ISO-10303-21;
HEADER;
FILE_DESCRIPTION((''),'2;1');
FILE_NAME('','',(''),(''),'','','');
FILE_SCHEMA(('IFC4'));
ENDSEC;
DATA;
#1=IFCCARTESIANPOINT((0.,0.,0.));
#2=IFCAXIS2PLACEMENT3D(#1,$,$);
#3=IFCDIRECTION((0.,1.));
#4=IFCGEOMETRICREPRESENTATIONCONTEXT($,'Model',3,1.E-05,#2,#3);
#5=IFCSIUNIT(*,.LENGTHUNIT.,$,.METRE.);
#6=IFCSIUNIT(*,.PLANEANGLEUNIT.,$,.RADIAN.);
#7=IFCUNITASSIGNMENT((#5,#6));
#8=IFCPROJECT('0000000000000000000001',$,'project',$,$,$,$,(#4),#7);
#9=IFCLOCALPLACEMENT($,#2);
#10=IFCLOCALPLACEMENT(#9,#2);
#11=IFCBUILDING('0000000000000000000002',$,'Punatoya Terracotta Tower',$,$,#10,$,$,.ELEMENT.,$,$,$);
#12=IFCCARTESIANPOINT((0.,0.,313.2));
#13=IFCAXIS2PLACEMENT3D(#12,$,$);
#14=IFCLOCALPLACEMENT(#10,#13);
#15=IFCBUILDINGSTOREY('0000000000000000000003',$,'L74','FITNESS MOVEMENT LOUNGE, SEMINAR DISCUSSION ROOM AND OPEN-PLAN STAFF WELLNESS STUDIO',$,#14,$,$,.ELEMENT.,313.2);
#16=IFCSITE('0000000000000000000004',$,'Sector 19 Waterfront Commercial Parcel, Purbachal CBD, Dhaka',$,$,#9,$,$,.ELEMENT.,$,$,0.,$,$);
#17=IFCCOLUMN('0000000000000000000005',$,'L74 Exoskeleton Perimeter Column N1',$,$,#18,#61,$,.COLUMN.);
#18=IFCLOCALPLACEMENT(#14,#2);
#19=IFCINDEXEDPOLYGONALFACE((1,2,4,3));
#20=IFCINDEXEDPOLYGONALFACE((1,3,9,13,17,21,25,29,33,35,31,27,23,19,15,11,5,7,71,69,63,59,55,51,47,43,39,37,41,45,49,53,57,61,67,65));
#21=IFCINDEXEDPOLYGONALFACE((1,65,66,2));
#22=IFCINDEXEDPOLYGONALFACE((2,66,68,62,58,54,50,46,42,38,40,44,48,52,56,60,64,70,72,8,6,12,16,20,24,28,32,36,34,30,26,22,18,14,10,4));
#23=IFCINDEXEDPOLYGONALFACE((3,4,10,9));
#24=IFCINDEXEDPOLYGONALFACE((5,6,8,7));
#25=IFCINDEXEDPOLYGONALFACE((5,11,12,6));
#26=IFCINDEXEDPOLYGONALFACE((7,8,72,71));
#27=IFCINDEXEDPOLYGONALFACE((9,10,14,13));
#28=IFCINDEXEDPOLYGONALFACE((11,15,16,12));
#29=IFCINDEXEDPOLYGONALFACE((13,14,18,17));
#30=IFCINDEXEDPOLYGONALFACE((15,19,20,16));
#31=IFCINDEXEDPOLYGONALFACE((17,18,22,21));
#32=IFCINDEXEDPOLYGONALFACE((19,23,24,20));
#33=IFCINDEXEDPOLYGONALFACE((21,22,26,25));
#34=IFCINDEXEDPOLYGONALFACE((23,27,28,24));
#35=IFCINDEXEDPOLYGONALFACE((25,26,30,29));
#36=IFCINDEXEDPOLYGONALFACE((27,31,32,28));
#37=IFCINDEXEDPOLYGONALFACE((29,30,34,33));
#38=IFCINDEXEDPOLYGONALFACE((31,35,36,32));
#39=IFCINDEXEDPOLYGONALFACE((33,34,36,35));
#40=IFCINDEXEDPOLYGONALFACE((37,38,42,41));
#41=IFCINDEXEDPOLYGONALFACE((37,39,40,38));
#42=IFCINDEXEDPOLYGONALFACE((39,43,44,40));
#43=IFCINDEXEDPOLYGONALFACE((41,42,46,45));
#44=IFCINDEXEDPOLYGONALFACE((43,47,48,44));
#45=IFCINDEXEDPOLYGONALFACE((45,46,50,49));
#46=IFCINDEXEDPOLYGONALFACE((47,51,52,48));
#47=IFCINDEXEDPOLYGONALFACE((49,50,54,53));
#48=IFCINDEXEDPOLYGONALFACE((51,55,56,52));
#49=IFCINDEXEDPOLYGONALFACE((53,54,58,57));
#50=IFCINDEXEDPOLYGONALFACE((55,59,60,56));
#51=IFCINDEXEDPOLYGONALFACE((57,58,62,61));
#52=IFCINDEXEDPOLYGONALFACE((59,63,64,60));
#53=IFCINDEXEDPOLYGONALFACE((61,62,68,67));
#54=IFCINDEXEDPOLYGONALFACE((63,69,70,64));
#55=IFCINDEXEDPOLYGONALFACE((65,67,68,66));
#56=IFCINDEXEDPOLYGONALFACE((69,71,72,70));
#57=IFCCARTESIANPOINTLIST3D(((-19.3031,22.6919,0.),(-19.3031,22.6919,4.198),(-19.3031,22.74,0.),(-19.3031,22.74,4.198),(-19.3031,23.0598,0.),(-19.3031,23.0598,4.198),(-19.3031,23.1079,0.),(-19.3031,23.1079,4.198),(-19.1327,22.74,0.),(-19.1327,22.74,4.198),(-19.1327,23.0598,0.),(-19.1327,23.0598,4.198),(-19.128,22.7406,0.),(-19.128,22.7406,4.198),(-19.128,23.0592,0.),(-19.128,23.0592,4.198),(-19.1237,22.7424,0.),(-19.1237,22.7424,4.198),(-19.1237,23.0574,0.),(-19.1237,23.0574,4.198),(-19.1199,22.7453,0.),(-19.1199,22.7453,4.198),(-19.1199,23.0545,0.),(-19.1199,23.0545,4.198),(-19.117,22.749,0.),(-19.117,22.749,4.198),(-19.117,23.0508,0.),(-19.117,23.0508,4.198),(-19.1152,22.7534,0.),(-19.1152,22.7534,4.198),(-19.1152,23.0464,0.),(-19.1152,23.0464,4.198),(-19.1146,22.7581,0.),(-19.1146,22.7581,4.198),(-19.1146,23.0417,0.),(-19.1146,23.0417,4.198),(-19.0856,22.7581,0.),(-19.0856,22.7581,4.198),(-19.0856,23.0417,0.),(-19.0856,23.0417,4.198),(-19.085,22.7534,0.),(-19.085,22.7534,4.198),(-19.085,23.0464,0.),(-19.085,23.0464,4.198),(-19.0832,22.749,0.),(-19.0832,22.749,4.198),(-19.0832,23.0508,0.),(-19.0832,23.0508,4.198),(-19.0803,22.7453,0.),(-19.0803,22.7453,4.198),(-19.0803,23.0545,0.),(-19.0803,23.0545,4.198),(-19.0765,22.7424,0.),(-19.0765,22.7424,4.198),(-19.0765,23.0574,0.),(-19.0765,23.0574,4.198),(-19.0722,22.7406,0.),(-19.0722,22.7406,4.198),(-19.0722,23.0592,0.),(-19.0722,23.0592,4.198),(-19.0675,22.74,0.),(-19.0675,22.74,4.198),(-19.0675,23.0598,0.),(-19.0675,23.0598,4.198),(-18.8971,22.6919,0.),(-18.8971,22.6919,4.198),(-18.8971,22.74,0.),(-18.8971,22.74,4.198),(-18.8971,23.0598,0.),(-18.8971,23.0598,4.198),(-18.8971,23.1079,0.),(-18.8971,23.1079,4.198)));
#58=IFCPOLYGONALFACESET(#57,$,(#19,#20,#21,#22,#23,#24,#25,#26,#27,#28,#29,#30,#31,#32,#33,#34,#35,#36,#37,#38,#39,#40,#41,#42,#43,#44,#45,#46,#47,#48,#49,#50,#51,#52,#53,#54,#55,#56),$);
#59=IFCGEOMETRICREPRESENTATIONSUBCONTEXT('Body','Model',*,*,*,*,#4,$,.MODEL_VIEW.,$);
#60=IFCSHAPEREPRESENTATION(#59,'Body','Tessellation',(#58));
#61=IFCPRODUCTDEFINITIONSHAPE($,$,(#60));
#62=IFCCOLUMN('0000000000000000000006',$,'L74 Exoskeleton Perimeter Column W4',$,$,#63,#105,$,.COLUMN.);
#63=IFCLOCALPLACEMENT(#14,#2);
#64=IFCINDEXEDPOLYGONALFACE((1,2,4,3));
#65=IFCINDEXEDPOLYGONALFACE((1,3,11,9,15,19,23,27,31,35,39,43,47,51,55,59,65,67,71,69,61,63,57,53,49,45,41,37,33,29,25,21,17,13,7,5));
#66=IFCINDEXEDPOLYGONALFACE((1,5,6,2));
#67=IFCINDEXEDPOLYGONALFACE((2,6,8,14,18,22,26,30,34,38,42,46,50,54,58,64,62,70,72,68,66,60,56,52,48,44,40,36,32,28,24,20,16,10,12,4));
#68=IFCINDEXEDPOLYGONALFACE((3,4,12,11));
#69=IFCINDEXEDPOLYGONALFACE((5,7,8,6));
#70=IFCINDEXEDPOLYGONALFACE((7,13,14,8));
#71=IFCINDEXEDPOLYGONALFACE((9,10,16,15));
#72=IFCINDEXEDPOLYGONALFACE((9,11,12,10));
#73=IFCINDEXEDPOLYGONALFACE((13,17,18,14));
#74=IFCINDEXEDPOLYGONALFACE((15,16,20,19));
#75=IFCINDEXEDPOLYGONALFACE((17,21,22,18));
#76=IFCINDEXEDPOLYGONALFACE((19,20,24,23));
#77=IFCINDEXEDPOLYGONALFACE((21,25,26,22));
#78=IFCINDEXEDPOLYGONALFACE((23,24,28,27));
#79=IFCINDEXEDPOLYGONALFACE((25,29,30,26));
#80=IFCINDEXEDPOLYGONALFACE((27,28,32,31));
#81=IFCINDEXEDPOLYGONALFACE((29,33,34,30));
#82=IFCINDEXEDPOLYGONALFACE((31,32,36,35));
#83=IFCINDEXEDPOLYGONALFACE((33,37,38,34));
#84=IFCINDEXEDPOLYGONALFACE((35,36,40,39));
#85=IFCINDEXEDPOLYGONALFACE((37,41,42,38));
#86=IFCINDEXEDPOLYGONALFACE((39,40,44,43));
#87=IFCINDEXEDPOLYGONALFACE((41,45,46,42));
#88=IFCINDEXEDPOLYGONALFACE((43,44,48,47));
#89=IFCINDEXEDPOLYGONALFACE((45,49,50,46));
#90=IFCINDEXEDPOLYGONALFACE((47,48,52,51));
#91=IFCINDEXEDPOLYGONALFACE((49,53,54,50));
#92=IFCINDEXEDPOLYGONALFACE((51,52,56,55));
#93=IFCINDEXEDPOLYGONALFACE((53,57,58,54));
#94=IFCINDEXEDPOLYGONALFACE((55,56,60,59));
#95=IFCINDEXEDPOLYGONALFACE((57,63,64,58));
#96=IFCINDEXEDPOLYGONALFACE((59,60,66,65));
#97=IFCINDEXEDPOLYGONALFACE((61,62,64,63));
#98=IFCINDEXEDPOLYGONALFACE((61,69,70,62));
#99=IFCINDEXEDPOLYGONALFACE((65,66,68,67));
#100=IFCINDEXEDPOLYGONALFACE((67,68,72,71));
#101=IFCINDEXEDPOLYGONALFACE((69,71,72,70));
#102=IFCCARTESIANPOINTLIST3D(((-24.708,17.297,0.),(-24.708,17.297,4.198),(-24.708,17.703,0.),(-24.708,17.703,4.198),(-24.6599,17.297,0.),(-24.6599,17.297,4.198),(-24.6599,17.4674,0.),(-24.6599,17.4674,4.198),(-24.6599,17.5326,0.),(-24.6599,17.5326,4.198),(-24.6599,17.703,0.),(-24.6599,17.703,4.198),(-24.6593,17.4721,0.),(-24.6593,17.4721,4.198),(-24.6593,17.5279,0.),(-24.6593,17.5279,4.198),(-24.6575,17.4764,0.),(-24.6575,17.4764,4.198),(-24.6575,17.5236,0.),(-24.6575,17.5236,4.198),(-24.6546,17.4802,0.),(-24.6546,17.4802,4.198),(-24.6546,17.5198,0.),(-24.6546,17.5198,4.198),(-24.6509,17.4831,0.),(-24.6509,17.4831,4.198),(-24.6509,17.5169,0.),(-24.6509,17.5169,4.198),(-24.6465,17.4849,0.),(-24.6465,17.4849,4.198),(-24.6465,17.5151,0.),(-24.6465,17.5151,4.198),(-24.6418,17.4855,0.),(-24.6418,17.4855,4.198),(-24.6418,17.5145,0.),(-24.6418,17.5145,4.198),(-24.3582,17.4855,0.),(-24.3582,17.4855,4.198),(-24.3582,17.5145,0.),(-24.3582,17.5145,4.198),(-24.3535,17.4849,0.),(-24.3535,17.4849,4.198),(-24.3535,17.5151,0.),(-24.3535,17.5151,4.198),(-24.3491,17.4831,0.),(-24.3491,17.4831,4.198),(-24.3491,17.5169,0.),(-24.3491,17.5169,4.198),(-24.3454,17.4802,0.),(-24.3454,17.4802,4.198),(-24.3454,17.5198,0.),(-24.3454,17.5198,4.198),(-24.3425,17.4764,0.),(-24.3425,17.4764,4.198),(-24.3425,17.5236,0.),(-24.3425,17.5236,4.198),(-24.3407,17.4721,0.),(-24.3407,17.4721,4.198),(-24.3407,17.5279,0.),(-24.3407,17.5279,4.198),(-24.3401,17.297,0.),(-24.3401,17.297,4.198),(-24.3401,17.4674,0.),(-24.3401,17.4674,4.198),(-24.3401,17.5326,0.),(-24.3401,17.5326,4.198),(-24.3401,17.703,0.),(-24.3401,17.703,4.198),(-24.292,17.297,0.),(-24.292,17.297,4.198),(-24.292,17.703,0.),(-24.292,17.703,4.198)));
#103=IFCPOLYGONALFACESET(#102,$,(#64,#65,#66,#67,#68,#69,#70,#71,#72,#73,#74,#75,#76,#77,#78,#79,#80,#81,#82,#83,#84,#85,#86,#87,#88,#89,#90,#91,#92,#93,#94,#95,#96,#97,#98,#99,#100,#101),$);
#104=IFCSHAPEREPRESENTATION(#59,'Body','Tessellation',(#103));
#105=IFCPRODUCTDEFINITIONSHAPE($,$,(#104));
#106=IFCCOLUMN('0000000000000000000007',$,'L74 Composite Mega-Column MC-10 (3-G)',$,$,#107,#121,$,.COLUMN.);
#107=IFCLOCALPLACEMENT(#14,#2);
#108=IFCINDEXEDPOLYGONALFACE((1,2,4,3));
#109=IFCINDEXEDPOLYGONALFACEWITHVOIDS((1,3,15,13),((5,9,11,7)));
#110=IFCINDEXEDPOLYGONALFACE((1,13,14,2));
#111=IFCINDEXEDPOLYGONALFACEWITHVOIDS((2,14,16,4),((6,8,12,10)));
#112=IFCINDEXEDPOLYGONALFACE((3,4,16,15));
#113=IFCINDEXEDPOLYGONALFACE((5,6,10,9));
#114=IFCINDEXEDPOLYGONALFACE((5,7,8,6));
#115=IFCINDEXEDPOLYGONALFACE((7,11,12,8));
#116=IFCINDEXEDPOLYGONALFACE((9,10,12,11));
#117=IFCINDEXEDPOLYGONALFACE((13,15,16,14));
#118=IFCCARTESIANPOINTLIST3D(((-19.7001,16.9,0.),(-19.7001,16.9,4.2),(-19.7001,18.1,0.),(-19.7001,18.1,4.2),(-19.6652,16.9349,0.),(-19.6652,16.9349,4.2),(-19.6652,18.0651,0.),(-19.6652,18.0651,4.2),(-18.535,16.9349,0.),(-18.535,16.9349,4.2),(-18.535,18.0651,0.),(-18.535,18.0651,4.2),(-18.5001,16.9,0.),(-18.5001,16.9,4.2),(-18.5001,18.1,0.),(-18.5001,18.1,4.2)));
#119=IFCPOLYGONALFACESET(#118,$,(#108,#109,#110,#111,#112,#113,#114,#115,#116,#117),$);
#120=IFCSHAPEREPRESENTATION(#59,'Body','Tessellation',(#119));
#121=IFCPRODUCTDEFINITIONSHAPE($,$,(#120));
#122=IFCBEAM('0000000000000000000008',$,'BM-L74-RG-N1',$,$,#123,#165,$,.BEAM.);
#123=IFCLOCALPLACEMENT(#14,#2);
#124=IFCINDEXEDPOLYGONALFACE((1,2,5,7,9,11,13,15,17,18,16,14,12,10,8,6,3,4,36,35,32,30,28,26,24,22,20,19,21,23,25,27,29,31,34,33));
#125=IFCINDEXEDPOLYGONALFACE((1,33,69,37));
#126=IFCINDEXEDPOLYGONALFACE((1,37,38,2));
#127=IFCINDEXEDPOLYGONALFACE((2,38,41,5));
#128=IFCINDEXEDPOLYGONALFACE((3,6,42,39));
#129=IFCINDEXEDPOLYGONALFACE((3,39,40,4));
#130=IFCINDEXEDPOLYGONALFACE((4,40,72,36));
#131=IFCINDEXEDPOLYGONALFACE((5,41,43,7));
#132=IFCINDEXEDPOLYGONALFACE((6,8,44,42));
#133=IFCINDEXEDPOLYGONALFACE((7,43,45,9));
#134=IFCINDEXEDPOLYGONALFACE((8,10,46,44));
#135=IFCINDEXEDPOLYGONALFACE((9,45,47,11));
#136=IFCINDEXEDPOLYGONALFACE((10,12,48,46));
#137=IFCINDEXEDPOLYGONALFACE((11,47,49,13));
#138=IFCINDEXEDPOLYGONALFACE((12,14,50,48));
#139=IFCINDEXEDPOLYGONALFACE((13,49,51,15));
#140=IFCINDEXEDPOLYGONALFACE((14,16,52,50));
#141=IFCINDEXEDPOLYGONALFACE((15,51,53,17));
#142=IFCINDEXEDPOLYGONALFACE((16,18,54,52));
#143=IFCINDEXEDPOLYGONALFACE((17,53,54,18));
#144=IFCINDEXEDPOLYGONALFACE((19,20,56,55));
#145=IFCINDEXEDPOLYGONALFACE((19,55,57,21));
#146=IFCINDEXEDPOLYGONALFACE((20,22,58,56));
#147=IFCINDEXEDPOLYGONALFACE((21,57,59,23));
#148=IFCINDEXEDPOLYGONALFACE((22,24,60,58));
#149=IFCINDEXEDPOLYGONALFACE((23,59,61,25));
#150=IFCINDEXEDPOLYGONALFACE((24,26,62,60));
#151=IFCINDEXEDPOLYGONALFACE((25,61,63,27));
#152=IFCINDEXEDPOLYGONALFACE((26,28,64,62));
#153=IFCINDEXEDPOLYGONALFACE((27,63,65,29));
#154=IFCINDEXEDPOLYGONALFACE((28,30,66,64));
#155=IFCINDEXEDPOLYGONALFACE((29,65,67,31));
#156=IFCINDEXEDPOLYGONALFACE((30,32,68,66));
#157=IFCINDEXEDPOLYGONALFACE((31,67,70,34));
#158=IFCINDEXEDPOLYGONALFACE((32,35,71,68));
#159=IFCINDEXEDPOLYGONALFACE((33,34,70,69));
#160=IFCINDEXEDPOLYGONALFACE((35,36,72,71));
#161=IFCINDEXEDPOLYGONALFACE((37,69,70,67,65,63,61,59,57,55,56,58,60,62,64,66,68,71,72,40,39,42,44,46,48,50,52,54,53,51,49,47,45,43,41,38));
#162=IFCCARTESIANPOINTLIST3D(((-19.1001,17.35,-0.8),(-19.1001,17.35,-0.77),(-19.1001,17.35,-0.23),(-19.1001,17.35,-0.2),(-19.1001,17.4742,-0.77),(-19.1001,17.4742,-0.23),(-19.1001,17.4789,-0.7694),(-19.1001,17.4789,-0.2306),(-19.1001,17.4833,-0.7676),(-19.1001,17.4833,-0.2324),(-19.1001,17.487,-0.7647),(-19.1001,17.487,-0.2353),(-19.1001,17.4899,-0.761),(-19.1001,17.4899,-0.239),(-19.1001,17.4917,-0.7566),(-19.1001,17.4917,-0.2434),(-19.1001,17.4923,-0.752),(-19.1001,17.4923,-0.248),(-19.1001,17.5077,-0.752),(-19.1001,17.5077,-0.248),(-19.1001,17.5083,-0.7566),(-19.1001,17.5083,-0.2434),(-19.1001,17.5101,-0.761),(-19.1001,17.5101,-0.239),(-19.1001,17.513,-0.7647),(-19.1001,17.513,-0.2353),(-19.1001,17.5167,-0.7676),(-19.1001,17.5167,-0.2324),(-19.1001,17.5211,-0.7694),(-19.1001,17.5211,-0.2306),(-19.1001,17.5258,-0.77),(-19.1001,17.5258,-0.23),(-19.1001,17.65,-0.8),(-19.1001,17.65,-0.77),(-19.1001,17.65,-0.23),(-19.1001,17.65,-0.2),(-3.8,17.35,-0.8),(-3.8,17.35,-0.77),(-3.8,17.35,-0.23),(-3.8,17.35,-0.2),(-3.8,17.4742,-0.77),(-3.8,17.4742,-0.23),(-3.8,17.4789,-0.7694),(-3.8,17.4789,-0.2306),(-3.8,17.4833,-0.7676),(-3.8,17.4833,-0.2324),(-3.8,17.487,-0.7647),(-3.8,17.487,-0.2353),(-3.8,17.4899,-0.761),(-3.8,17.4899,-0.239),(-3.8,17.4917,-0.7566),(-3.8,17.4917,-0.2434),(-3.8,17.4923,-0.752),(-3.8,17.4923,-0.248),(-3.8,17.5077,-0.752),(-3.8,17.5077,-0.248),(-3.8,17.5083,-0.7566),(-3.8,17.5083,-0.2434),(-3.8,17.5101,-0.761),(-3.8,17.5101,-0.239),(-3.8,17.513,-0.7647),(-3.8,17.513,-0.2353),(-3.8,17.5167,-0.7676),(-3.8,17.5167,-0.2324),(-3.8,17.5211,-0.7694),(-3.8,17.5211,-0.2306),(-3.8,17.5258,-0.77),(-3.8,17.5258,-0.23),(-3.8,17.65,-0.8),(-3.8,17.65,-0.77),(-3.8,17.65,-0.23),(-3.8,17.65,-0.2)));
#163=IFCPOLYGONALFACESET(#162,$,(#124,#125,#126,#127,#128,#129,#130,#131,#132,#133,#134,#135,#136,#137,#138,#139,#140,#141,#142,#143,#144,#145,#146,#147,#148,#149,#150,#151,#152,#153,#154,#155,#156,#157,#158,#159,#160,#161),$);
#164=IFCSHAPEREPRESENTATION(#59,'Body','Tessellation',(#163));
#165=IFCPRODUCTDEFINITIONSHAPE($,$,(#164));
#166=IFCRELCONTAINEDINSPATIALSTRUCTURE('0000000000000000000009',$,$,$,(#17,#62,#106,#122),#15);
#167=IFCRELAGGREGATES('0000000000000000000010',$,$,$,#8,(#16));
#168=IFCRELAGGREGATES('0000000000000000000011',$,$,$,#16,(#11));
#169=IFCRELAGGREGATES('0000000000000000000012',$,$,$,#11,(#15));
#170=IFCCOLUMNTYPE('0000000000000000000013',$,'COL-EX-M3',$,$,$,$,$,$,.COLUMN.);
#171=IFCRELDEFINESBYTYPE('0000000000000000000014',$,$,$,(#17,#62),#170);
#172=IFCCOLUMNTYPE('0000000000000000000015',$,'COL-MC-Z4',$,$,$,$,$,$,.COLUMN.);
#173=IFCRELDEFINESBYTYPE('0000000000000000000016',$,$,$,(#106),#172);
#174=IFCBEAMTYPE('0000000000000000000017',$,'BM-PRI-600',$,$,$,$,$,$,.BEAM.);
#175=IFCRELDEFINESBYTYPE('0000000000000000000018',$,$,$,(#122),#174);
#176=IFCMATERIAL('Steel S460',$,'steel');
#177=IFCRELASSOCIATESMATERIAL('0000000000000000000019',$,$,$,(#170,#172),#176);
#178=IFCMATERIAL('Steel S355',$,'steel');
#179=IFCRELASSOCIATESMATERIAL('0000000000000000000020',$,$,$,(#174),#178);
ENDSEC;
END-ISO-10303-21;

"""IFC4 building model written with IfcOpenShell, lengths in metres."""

from ifc_helpers import new_model, si_unit, direction, frame, origin, origin_2d, place, context, subcontext, project, spatial, hollow_rectangle, i_section, extrude, material, material_profile, profile_set, type_object, element, save


model = new_model("IFC4")

# Units and contexts
model_context = context("Model", 3, precision=1e-05, world=origin(), true_north=direction((0.0, 1.0)))
body_context = subcontext(model_context, "Body", "Model", "MODEL_VIEW")
ifc_project = project(units=[si_unit("LENGTHUNIT", "METRE"), si_unit("PLANEANGLEUNIT", "RADIAN")], contexts=[model_context])

# Site, building, storey
site_placement = place(None, origin())
site = spatial("IfcSite", under=ifc_project, at=site_placement, Name="Sector 19 Waterfront Commercial Parcel, Purbachal CBD, Dhaka", CompositionType="ELEMENT", RefElevation=0.0)
building_placement = place(site_placement, origin())
building = spatial("IfcBuilding", under=site, at=building_placement, Name="Punatoya Terracotta Tower", CompositionType="ELEMENT")
storey_placement = place(building_placement, frame((0.0, 0.0, 313.2)))
storey = spatial("IfcBuildingStorey", under=building, at=storey_placement, Name="L74", Description="FITNESS MOVEMENT LOUNGE, SEMINAR DISCUSSION ROOM AND OPEN-PLAN STAFF WELLNESS STUDIO", CompositionType="ELEMENT", Elevation=313.2)

# Columns
ifc_material_1 = material(Name="Steel S460", Category="steel")
ifc_material_profile_1 = material_profile(ifc_material_1, i_section(OverallWidth=0.406, OverallDepth=0.416, WebThickness=0.0291, FlangeThickness=0.0481, FilletRadius=0.0181, at=origin_2d()))
ifc_profile_set_1 = profile_set([ifc_material_profile_1], Name="Steel S460")
column_type_1 = type_object("IfcColumnType", Name="COL-EX-M3", PredefinedType="COLUMN", material=ifc_profile_set_1)
for number, where, z_axis, x_axis, name in (
    (1, (-19.1001, 22.8999, 0.0), (0.0, 0.0, 1.0), (1.0, 0.0, 0.0), "L74 Exoskeleton Perimeter Column N1"),
    (2, (-24.5, 17.5, 0.0), (0.0, 0.0, 1.0), (0.0, 1.0, 0.0), "L74 Exoskeleton Perimeter Column W4"),
):
    element("IfcColumn", number, at=place(storey_placement, frame(where, z_axis=z_axis, x_axis=x_axis)), inside=storey, type_object=column_type_1, Name=name, PredefinedType="COLUMN", context=body_context, shape_type="SweptSolid", body=[
        extrude(i_section(OverallWidth=0.406, OverallDepth=0.416, WebThickness=0.0291, FlangeThickness=0.0481, FilletRadius=0.0181, at=origin_2d()), origin(), (0.0, 0.0, 1.0), 4.198),
    ])
ifc_material_profile_2 = material_profile(ifc_material_1, hollow_rectangle(XDim=1.2, YDim=1.2, WallThickness=0.0349, at=origin_2d()))
ifc_profile_set_2 = profile_set([ifc_material_profile_2], Name="Steel S460")
column_type_2 = type_object("IfcColumnType", Name="COL-MC-Z4", PredefinedType="COLUMN", material=ifc_profile_set_2)
column_placement = place(storey_placement, frame((-19.1001, 17.5, 0.0), z_axis=(0.0, 0.0, 1.0), x_axis=(1.0, 0.0, 0.0)))
element("IfcColumn", 3, at=column_placement, inside=storey, type_object=column_type_2, Name="L74 Composite Mega-Column MC-10 (3-G)", PredefinedType="COLUMN", context=body_context, shape_type="SweptSolid", body=[
    extrude(hollow_rectangle(XDim=1.2, YDim=1.2, WallThickness=0.0349, at=origin_2d()), origin(), (0.0, 0.0, 1.0), 4.2),
])

# Beam
ifc_material_2 = material(Name="Steel S355", Category="steel")
ifc_material_profile_3 = material_profile(ifc_material_2, i_section(OverallWidth=0.3, OverallDepth=0.6001, WebThickness=0.0154, FlangeThickness=0.03, FilletRadius=0.0181, at=origin_2d()))
ifc_profile_set_3 = profile_set([ifc_material_profile_3], Name="Steel S355")
beam_type_1 = type_object("IfcBeamType", Name="BM-PRI-600", PredefinedType="BEAM", material=ifc_profile_set_3)
beam_1_placement = place(storey_placement, frame((-19.1001, 17.5, -0.5), z_axis=(1.0, 0.0, 0.0), x_axis=(0.0, 1.0, 0.0)))
element("IfcBeam", 4, at=beam_1_placement, inside=storey, type_object=beam_type_1, Name="BM-L74-RG-N1", PredefinedType="BEAM", context=body_context, shape_type="SweptSolid", body=[
    extrude(i_section(OverallWidth=0.3, OverallDepth=0.6001, WebThickness=0.0154, FlangeThickness=0.03, FilletRadius=0.0181, at=origin_2d()), origin(), (0.0, 0.0, 1.0), 15.3),
])

save(model, "model.ifc")
